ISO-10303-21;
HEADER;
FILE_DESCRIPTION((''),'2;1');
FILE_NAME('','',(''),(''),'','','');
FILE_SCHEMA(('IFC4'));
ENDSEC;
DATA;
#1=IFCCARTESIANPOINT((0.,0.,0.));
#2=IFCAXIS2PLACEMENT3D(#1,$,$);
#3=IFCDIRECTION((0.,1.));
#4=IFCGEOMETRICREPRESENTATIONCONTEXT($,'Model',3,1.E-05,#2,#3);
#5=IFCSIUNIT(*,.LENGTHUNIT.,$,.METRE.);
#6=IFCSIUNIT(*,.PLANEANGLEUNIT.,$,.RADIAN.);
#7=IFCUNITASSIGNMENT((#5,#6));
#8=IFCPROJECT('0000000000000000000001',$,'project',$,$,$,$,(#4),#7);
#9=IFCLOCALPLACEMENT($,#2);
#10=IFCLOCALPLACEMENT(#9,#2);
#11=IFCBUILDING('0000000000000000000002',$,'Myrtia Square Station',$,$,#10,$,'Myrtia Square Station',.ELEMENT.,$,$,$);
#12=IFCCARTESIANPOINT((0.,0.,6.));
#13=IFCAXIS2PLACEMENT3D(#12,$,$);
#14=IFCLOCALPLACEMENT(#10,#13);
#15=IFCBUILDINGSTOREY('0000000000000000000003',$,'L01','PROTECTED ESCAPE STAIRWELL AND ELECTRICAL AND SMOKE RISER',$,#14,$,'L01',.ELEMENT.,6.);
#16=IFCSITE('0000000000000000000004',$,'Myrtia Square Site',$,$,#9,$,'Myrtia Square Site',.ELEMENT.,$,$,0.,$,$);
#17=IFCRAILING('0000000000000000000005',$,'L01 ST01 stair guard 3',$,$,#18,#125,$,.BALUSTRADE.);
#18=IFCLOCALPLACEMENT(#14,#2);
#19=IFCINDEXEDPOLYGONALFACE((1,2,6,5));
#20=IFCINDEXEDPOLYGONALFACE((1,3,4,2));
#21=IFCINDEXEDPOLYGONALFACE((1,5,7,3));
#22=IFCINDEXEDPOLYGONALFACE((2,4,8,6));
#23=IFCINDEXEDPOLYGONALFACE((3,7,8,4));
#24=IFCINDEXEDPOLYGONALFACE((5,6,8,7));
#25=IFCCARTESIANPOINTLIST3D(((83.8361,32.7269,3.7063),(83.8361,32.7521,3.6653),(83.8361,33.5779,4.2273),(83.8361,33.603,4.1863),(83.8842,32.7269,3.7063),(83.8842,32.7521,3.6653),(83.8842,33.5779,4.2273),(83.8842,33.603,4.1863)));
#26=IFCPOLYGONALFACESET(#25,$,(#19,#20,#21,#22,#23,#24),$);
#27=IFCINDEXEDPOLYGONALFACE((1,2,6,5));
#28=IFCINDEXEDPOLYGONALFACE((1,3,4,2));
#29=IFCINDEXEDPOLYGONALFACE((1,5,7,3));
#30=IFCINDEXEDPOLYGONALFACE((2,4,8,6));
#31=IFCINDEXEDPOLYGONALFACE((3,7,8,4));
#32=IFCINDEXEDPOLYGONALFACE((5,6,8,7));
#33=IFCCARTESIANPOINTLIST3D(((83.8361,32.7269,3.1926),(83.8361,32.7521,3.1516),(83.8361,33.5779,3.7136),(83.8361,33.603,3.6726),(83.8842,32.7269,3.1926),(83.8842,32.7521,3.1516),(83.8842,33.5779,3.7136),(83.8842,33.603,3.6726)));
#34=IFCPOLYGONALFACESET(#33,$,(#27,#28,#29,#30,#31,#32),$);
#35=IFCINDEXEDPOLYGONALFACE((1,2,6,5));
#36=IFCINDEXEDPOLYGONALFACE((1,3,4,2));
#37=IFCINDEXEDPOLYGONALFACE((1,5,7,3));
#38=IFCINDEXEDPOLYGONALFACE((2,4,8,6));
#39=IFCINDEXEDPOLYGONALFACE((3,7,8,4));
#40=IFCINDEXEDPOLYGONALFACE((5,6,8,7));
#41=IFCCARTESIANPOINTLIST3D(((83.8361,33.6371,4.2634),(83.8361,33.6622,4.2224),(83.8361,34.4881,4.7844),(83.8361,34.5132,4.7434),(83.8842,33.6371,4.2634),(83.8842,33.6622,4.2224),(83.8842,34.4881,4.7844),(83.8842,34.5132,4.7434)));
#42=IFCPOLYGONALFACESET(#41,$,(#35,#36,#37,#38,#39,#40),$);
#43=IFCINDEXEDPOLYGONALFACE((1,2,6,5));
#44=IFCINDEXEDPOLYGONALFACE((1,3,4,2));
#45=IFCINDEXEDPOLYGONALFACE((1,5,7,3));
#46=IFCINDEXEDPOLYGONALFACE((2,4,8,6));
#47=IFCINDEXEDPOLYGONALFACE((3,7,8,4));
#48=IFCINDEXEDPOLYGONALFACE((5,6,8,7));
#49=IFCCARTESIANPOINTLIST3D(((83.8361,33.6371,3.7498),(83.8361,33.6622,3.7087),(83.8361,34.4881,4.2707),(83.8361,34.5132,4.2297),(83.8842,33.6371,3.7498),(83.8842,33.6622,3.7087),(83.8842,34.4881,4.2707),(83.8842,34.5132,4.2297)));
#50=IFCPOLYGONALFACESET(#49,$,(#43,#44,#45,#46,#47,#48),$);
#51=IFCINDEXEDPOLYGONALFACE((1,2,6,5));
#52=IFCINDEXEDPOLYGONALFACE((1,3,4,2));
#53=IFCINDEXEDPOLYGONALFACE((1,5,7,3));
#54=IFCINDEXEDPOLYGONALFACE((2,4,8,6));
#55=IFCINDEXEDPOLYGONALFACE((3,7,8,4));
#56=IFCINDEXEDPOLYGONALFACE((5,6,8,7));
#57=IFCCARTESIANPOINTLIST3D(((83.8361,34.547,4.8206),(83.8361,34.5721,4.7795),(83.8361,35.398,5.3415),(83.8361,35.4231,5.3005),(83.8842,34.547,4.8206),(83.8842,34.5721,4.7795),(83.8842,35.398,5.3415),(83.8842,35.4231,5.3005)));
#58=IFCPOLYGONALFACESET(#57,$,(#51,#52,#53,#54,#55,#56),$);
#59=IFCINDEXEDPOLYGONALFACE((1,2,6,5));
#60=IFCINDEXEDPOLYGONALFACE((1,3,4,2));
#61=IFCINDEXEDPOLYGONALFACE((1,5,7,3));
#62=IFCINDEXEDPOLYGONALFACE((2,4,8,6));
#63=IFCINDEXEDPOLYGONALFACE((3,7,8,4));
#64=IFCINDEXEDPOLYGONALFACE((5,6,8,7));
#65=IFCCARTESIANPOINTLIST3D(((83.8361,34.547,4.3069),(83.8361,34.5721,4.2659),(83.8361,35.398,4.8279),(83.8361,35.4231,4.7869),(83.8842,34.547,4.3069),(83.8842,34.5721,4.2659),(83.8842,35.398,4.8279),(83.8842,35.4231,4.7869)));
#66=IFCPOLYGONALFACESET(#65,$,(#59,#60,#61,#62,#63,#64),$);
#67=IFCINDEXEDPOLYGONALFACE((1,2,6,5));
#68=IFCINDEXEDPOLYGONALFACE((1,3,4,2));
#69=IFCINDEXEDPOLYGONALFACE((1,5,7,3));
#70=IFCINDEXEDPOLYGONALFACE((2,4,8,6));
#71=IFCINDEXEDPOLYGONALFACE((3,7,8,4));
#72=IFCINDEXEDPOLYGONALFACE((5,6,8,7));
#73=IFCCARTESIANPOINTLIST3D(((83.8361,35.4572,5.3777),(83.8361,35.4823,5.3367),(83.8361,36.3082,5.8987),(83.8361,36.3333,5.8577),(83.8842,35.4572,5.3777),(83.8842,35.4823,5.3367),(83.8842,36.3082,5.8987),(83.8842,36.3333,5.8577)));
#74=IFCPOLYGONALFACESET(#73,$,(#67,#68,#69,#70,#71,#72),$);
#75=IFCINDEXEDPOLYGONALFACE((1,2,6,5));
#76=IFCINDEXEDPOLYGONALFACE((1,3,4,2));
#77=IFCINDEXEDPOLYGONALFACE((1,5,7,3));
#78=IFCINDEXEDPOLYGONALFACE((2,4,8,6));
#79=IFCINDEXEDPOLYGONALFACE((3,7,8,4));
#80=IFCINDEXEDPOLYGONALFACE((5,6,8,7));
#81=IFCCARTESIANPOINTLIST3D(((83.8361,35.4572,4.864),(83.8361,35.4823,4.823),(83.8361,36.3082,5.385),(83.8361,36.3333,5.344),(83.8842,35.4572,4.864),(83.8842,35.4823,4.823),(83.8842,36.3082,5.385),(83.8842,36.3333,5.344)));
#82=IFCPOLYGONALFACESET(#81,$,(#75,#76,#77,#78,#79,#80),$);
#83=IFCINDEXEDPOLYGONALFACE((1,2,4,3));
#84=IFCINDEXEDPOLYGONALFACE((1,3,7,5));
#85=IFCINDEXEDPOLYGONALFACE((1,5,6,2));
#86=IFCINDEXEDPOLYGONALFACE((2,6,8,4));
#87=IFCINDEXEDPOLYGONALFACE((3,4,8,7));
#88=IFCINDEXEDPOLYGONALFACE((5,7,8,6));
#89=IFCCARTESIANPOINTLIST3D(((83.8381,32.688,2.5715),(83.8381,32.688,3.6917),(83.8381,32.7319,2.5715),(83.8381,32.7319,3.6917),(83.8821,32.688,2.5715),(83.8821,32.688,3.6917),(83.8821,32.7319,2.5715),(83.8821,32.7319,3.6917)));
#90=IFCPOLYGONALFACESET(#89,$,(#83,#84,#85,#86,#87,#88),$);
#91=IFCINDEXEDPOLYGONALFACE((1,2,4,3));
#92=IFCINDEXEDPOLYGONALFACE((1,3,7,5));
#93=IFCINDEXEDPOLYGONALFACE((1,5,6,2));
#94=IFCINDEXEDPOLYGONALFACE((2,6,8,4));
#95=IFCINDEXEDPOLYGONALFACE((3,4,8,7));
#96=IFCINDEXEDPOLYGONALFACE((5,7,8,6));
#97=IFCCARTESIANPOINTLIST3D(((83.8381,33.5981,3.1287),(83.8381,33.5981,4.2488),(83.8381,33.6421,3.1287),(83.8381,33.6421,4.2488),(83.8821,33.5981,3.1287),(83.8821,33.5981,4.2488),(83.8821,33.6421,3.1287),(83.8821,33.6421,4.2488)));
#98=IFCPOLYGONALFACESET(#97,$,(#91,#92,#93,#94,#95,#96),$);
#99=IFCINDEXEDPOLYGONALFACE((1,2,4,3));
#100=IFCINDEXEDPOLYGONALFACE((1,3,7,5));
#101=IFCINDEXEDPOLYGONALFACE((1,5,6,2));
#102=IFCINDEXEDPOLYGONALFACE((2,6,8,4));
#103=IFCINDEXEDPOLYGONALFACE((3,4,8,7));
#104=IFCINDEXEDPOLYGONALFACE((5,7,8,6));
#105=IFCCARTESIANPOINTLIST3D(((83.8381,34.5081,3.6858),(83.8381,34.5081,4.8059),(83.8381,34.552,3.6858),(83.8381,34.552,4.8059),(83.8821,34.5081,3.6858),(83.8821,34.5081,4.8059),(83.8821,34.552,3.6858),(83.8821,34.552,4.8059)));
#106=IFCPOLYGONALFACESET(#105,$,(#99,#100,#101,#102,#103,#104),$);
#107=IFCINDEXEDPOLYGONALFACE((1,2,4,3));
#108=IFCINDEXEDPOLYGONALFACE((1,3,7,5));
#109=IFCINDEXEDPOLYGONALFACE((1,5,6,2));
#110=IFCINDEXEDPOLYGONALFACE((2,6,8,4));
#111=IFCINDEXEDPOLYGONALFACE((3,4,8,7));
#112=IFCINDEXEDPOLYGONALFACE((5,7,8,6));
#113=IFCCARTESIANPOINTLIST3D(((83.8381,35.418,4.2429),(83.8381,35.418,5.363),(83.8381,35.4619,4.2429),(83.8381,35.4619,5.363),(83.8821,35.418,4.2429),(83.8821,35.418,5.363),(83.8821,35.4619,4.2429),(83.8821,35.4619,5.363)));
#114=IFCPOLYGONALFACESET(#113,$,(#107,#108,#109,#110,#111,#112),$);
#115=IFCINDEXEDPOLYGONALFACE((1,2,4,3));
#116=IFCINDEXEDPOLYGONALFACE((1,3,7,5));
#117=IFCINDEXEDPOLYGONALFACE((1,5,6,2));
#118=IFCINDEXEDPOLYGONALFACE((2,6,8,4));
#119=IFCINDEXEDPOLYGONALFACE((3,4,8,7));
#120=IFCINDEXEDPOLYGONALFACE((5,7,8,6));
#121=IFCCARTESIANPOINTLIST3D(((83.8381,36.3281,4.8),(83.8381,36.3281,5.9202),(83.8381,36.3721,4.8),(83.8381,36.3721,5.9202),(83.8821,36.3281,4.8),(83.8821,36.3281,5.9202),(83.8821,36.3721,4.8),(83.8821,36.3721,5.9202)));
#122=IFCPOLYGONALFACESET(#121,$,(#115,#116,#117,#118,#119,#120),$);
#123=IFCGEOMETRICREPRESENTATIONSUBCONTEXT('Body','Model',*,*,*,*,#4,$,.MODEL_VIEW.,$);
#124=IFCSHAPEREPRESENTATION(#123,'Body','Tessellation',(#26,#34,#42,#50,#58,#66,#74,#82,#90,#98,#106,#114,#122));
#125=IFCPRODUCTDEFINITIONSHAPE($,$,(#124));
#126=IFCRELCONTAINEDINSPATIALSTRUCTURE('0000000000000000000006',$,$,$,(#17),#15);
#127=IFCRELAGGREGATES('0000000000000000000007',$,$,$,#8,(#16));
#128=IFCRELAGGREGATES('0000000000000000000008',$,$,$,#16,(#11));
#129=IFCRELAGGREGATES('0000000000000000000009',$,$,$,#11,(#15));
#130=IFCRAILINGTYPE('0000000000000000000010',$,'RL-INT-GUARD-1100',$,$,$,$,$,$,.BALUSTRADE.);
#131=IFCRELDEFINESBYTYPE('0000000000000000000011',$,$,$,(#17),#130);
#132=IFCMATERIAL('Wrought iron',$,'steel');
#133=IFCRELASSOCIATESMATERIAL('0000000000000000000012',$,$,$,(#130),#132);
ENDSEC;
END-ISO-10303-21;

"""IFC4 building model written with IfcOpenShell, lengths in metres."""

from ifc_helpers import new_model, si_unit, direction, frame, origin, origin_2d, place, context, subcontext, project, spatial, rectangle, extrude, material, type_object, element, save


model = new_model("IFC4")

# Units and contexts
model_context = context("Model", 3, precision=1e-05, world=origin(), true_north=direction((0.0, 1.0)))
body_context = subcontext(model_context, "Body", "Model", "MODEL_VIEW")
ifc_project = project(units=[si_unit("LENGTHUNIT", "METRE"), si_unit("PLANEANGLEUNIT", "RADIAN")], contexts=[model_context])

# Site, building, storey
site_placement = place(None, origin())
site = spatial("IfcSite", under=ifc_project, at=site_placement, Name="Myrtia Square Site", LongName="Myrtia Square Site", CompositionType="ELEMENT", RefElevation=0.0)
building_placement = place(site_placement, origin())
building = spatial("IfcBuilding", under=site, at=building_placement, Name="Myrtia Square Station", LongName="Myrtia Square Station", CompositionType="ELEMENT")
storey_placement = place(building_placement, frame((0.0, 0.0, 6.0)))
storey = spatial("IfcBuildingStorey", under=building, at=storey_placement, Name="L01", Description="PROTECTED ESCAPE STAIRWELL AND ELECTRICAL AND SMOKE RISER", LongName="L01", CompositionType="ELEMENT", Elevation=6.0)

# Railing
ifc_material_1 = material(Name="Wrought iron", Category="steel")
railing_type = type_object("IfcRailingType", Name="RL-INT-GUARD-1100", PredefinedType="BALUSTRADE", material=ifc_material_1)
railing_1_placement = place(storey_placement, frame((83.8601, 32.71, 2.5715)))
element("IfcRailing", 1, at=railing_1_placement, inside=storey, type_object=railing_type, Name="L01 ST01 stair guard 3", PredefinedType="BALUSTRADE", context=body_context, shape_type="SweptSolid", body=[
    extrude(rectangle(XDim=0.0481, YDim=0.0481, at=origin_2d()), frame((0.0, 0.0295, 1.1143), z_axis=(0.0, 0.852866, 0.52213), x_axis=(-1.0, 0.0, 0.0)), (0.0, 0.0, 1.0), 0.9978),
    extrude(rectangle(XDim=0.0481, YDim=0.0481, at=origin_2d()), frame((0.0, 0.0295, 0.6006), z_axis=(0.0, 0.852866, 0.52213), x_axis=(-1.0, 0.0, 0.0)), (0.0, 0.0, 1.0), 0.9978),
    extrude(rectangle(XDim=0.0481, YDim=0.0481, at=origin_2d()), frame((0.0, 0.9397, 1.6714), z_axis=(0.0, 0.852866, 0.52213), x_axis=(-1.0, 0.0, 0.0)), (0.0, 0.0, 1.0), 0.9978),
    extrude(rectangle(XDim=0.0481, YDim=0.0481, at=origin_2d()), frame((0.0, 0.9397, 1.1577), z_axis=(0.0, 0.852866, 0.52213), x_axis=(-1.0, 0.0, 0.0)), (0.0, 0.0, 1.0), 0.9978),
    extrude(rectangle(XDim=0.0481, YDim=0.0481, at=origin_2d()), frame((0.0, 1.8496, 2.2285), z_axis=(0.0, 0.852866, 0.52213), x_axis=(-1.0, 0.0, 0.0)), (0.0, 0.0, 1.0), 0.9978),
    extrude(rectangle(XDim=0.0481, YDim=0.0481, at=origin_2d()), frame((0.0, 1.8496, 1.7148), z_axis=(0.0, 0.852866, 0.52213), x_axis=(-1.0, 0.0, 0.0)), (0.0, 0.0, 1.0), 0.9978),
    extrude(rectangle(XDim=0.0481, YDim=0.0481, at=origin_2d()), frame((0.0, 2.7598, 2.7856), z_axis=(0.0, 0.852866, 0.52213), x_axis=(-1.0, 0.0, 0.0)), (0.0, 0.0, 1.0), 0.9978),
    extrude(rectangle(XDim=0.0481, YDim=0.0481, at=origin_2d()), frame((0.0, 2.7598, 2.272), z_axis=(0.0, 0.852866, 0.52213), x_axis=(-1.0, 0.0, 0.0)), (0.0, 0.0, 1.0), 0.9978),
    extrude(rectangle(XDim=0.0439, YDim=0.0439, at=origin_2d()), origin(), (0.0, 0.0, 1.0), 1.1201),
    extrude(rectangle(XDim=0.0439, YDim=0.0439, at=origin_2d()), frame((0.0, 0.9102, 0.5571)), (0.0, 0.0, 1.0), 1.1201),
    extrude(rectangle(XDim=0.0439, YDim=0.0439, at=origin_2d()), frame((0.0, 1.8201, 1.1143)), (0.0, 0.0, 1.0), 1.1201),
    extrude(rectangle(XDim=0.0439, YDim=0.0439, at=origin_2d()), frame((0.0, 2.73, 1.6714)), (0.0, 0.0, 1.0), 1.1201),
    extrude(rectangle(XDim=0.0439, YDim=0.0439, at=origin_2d()), frame((0.0, 3.6401, 2.2285)), (0.0, 0.0, 1.0), 1.1201),
])

save(model, "model.ifc")
